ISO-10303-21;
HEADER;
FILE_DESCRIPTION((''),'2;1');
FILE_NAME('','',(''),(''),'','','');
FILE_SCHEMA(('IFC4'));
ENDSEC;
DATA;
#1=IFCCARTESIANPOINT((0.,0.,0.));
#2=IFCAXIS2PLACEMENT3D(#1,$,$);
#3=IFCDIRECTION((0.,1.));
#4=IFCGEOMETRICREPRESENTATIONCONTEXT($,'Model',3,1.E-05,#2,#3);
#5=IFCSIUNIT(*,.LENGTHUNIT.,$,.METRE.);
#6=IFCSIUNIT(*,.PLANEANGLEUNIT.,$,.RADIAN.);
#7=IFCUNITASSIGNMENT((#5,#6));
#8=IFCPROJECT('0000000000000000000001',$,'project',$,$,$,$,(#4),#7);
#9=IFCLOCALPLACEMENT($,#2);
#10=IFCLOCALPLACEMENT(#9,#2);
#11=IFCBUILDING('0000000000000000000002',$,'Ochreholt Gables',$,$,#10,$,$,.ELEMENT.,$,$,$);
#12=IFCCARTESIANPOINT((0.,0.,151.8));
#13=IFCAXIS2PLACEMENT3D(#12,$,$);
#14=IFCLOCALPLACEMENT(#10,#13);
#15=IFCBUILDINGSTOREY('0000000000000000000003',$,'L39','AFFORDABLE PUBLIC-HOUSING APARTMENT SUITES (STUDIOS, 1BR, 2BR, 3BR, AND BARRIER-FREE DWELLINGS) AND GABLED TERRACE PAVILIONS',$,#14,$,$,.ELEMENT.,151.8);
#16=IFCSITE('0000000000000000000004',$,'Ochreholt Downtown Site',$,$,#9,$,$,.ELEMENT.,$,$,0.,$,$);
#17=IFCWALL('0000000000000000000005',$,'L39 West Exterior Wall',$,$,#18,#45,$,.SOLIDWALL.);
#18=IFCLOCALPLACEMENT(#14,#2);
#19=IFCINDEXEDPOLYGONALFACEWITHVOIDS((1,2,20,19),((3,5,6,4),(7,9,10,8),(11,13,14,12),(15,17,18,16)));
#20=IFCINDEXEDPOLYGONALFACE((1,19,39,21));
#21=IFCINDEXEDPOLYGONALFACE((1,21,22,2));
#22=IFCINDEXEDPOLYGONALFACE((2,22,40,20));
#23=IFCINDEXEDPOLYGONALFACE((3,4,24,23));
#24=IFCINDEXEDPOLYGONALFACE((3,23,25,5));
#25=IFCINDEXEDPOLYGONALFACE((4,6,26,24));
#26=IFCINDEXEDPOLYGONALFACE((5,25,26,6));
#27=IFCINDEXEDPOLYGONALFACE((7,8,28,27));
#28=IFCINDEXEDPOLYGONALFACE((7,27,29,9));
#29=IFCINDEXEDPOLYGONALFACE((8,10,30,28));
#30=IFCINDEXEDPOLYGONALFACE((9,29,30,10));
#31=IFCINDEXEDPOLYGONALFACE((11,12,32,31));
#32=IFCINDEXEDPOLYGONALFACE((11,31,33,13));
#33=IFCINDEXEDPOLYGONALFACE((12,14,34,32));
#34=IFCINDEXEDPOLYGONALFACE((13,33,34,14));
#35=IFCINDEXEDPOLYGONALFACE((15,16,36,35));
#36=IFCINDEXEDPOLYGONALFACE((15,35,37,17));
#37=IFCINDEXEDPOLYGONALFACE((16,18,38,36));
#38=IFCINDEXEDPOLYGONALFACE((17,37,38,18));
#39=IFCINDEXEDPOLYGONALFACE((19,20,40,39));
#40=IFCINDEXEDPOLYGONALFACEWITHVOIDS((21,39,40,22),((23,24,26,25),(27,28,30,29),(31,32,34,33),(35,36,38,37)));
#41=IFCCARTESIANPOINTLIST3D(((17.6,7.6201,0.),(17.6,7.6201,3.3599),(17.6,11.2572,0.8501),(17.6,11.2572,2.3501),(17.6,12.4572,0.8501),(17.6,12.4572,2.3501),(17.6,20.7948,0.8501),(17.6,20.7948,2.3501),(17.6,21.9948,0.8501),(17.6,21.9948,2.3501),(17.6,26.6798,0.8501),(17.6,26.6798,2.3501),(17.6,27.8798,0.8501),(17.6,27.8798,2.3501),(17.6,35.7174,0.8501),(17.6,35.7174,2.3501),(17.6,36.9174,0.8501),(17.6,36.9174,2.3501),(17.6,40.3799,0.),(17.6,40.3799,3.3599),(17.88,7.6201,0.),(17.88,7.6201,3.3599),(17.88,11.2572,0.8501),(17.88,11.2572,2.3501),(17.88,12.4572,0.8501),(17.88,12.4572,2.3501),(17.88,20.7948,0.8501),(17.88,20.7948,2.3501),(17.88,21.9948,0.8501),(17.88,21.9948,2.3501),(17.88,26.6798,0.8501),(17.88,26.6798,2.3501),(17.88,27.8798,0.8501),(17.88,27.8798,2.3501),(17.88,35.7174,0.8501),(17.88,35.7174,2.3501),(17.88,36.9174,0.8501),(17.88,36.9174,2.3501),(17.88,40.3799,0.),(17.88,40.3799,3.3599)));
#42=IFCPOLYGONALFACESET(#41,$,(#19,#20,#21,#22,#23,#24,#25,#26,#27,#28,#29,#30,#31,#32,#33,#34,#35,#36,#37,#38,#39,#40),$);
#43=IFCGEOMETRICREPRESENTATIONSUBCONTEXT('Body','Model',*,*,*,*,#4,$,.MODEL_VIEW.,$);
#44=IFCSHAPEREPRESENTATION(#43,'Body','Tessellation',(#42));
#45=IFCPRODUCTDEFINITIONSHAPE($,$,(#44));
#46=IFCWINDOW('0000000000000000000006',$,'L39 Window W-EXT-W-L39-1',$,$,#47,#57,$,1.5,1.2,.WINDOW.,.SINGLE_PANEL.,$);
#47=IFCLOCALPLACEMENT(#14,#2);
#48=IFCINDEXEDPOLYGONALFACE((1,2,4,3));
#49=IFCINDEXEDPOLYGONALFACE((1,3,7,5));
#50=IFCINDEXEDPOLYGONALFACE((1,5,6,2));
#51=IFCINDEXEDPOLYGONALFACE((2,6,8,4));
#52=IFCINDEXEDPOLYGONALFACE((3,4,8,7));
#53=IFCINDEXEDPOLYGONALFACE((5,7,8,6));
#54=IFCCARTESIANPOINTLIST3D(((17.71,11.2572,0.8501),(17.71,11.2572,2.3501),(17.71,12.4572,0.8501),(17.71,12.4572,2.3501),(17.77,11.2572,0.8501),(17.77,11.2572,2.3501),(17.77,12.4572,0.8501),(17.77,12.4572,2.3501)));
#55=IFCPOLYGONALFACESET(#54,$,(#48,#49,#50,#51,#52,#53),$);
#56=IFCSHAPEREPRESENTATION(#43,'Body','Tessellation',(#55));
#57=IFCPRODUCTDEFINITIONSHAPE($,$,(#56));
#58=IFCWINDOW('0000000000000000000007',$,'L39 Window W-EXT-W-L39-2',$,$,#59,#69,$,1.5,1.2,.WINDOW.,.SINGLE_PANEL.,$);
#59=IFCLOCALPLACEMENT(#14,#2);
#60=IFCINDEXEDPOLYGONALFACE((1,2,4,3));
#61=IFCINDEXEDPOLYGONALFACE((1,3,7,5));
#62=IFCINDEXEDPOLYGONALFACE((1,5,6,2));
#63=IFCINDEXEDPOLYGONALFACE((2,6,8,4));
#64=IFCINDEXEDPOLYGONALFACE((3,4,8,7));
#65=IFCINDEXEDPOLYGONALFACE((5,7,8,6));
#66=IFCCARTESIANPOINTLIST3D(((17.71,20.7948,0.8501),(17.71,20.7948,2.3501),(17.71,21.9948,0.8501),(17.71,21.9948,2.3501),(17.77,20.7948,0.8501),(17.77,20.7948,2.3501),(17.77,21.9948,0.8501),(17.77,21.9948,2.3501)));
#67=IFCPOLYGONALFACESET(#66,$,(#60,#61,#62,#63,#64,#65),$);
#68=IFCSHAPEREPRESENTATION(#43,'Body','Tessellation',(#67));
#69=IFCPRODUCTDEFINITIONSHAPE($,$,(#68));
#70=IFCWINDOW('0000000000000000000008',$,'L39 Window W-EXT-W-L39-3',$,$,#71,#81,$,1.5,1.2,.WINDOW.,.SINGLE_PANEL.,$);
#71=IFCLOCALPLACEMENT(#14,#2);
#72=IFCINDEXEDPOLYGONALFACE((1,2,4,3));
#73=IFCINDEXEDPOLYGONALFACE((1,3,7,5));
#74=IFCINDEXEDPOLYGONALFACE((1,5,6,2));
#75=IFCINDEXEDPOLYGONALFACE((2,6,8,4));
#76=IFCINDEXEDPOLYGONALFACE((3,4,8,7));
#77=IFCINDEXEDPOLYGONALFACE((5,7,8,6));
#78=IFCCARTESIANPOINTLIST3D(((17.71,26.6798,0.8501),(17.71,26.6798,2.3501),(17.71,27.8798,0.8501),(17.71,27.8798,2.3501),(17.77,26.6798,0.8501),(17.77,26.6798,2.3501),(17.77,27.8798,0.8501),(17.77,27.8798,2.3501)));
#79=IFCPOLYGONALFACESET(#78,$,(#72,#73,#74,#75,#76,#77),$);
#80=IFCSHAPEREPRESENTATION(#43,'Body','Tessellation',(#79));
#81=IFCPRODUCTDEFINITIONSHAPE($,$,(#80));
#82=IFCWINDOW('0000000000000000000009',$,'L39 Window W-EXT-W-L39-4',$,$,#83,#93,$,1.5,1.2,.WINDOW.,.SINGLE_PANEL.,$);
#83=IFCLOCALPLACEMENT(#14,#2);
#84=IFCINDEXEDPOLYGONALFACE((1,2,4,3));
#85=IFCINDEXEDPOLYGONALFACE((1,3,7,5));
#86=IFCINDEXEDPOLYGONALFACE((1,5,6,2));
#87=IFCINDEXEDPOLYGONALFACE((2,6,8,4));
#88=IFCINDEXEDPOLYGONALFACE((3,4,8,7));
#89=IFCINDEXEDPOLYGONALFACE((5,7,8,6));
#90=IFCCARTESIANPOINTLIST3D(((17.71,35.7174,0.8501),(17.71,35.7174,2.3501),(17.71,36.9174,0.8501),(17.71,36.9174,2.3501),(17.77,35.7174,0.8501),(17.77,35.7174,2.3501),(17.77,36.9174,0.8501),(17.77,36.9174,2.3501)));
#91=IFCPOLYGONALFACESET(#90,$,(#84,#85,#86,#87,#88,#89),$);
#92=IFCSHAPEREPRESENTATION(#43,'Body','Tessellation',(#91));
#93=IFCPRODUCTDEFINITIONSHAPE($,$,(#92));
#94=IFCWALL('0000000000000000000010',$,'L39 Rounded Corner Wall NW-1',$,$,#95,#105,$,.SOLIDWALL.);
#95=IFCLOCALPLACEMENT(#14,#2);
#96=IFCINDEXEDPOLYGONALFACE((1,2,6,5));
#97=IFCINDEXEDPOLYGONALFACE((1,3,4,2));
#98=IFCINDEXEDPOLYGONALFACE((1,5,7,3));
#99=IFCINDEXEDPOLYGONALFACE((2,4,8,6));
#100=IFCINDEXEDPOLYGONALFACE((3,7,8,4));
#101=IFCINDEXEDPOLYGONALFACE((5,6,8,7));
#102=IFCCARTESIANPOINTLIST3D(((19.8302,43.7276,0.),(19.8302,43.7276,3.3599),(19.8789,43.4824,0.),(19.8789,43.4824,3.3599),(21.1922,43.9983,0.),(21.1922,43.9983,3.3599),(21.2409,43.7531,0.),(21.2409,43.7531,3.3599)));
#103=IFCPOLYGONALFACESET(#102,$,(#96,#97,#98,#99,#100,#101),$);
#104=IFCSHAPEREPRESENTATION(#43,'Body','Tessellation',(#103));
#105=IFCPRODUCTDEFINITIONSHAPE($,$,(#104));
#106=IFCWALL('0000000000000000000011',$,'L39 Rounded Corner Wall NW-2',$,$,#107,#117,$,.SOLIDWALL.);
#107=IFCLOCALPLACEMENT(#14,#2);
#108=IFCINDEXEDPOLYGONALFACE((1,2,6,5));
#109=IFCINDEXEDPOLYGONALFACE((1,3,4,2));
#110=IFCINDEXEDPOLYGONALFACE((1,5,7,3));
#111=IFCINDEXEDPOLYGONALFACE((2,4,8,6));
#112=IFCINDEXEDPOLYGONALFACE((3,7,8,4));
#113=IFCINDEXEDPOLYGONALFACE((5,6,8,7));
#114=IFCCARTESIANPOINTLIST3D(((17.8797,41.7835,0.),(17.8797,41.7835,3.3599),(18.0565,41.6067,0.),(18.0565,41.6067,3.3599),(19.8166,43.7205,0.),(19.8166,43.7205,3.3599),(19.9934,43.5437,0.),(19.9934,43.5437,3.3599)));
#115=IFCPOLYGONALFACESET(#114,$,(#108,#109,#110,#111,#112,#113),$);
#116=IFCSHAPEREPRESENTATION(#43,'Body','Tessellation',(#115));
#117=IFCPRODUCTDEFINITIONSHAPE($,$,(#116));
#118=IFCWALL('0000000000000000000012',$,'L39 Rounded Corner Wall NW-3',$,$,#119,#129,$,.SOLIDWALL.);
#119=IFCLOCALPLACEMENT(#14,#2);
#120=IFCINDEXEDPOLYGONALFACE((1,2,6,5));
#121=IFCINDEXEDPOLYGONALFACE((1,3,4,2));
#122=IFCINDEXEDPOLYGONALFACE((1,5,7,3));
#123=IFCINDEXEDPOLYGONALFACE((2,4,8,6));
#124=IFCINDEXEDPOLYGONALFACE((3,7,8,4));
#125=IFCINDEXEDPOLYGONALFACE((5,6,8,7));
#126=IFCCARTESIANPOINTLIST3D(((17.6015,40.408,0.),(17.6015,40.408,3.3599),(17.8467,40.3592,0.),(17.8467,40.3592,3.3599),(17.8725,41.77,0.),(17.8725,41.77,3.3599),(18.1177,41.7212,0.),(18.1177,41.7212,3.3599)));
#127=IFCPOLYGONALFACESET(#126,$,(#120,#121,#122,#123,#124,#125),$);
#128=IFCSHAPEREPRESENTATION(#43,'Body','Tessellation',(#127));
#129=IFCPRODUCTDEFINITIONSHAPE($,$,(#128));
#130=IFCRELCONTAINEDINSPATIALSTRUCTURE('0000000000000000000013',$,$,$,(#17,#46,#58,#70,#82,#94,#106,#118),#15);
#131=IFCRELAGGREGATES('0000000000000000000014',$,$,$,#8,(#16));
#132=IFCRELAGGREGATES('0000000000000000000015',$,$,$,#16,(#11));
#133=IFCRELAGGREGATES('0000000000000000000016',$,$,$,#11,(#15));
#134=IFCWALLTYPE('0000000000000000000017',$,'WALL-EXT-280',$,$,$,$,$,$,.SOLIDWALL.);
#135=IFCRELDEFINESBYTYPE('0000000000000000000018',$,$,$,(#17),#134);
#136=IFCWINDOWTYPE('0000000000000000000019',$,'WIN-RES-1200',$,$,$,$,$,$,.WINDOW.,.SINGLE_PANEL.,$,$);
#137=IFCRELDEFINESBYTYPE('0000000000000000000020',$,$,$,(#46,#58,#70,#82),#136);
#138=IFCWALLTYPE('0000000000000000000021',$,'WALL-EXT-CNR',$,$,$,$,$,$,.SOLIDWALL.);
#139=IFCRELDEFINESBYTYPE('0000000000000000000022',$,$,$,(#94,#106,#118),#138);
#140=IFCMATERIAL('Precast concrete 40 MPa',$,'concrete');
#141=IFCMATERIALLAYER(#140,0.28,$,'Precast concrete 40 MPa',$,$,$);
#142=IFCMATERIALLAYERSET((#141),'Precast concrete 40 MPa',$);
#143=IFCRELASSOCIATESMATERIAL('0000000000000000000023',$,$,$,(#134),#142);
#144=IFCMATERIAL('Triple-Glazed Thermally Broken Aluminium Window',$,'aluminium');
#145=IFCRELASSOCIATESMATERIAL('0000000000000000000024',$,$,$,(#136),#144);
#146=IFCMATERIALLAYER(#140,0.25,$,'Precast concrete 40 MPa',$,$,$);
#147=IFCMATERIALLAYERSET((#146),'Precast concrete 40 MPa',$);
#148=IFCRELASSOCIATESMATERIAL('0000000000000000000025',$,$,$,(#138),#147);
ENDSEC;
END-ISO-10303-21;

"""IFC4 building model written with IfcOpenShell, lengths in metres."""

from ifc_helpers import new_model, si_unit, direction, frame, frame_2d, origin, place, context, subcontext, project, spatial, rectangle, extrude, material, layer, layer_set, type_object, element, fill, save


model = new_model("IFC4")

# Units and contexts
model_context = context("Model", 3, precision=1e-05, world=origin(), true_north=direction((0.0, 1.0)))
body_context = subcontext(model_context, "Body", "Model", "MODEL_VIEW")
ifc_project = project(units=[si_unit("LENGTHUNIT", "METRE"), si_unit("PLANEANGLEUNIT", "RADIAN")], contexts=[model_context])

# Site, building, storey
site_placement = place(None, origin())
site = spatial("IfcSite", under=ifc_project, at=site_placement, Name="Ochreholt Downtown Site", CompositionType="ELEMENT", RefElevation=0.0)
building_placement = place(site_placement, origin())
building = spatial("IfcBuilding", under=site, at=building_placement, Name="Ochreholt Gables", CompositionType="ELEMENT")
storey_placement = place(building_placement, frame((0.0, 0.0, 151.8)))
storey = spatial("IfcBuildingStorey", under=building, at=storey_placement, Name="L39", Description="AFFORDABLE PUBLIC-HOUSING APARTMENT SUITES (STUDIOS, 1BR, 2BR, 3BR, AND BARRIER-FREE DWELLINGS) AND GABLED TERRACE PAVILIONS", CompositionType="ELEMENT", Elevation=151.8)

# Wall, openings, windows
ifc_material_1 = material(Name="Precast concrete 40 MPa", Category="concrete")
ifc_layer_1 = layer(ifc_material_1, 0.28, Name="Precast concrete 40 MPa")
ifc_layer_set_1 = layer_set([ifc_layer_1], Name="Precast concrete 40 MPa")
wall_type_1 = type_object("IfcWallType", Name="WALL-EXT-280", PredefinedType="SOLIDWALL", material=ifc_layer_set_1)
wall_1_placement = place(storey_placement, frame((17.74, 40.3799, 0.0), z_axis=(0.0, 0.0, 1.0), x_axis=(0.0, -1.0, 0.0)))
wall_1 = element("IfcWall", 1, at=wall_1_placement, inside=storey, type_object=wall_type_1, Name="L39 West Exterior Wall", PredefinedType="SOLIDWALL", context=body_context, shape_type="SweptSolid", body=[
    extrude(rectangle(XDim=32.7598, YDim=0.28, at=frame_2d((16.3799, 0.0))), origin(), (0.0, 0.0, 1.0), 3.3599),
])
opening_1_placement = place(wall_1_placement, frame((27.9226, 0.0, 0.8501)))
opening_1 = element("IfcOpeningElement", 2, at=opening_1_placement, cuts=wall_1, PredefinedType="OPENING", context=body_context, shape_type="SweptSolid", body=[
    extrude(rectangle(XDim=1.2, YDim=1.5, at=frame_2d((0.6001, 0.75))), frame((0.0, 0.1499, 0.0), z_axis=(0.0, -1.0, 0.0), x_axis=(1.0, 0.0, 0.0)), (0.0, 0.0, 1.0), 0.3),
])
opening_2_placement = place(wall_1_placement, frame((18.385, 0.0, 0.8501)))
opening_2 = element("IfcOpeningElement", 3, at=opening_2_placement, cuts=wall_1, PredefinedType="OPENING", context=body_context, shape_type="SweptSolid", body=[
    extrude(rectangle(XDim=1.2, YDim=1.5, at=frame_2d((0.6001, 0.75))), frame((0.0, 0.1499, 0.0), z_axis=(0.0, -1.0, 0.0), x_axis=(1.0, 0.0, 0.0)), (0.0, 0.0, 1.0), 0.3),
])
opening_3_placement = place(wall_1_placement, frame((12.5, 0.0, 0.8501)))
opening_3 = element("IfcOpeningElement", 4, at=opening_3_placement, cuts=wall_1, PredefinedType="OPENING", context=body_context, shape_type="SweptSolid", body=[
    extrude(rectangle(XDim=1.2, YDim=1.5, at=frame_2d((0.6001, 0.75))), frame((0.0, 0.1499, 0.0), z_axis=(0.0, -1.0, 0.0), x_axis=(1.0, 0.0, 0.0)), (0.0, 0.0, 1.0), 0.3),
])
opening_4_placement = place(wall_1_placement, frame((3.4624, 0.0, 0.8501)))
opening_4 = element("IfcOpeningElement", 5, at=opening_4_placement, cuts=wall_1, PredefinedType="OPENING", context=body_context, shape_type="SweptSolid", body=[
    extrude(rectangle(XDim=1.2, YDim=1.5, at=frame_2d((0.6001, 0.75))), frame((0.0, 0.1499, 0.0), z_axis=(0.0, -1.0, 0.0), x_axis=(1.0, 0.0, 0.0)), (0.0, 0.0, 1.0), 0.3),
])
ifc_material_2 = material(Name="Triple-Glazed Thermally Broken Aluminium Window", Category="aluminium")
window_type = type_object("IfcWindowType", Name="WIN-RES-1200", PartitioningType="SINGLE_PANEL", PredefinedType="WINDOW", material=ifc_material_2)
window_1_placement = place(opening_1_placement, origin())
window_1 = element("IfcWindow", 6, at=window_1_placement, inside=storey, type_object=window_type, Name="L39 Window W-EXT-W-L39-1", OverallHeight=1.5, OverallWidth=1.2, PartitioningType="SINGLE_PANEL", PredefinedType="WINDOW", context=body_context, shape_type="SweptSolid", body=[
    extrude(rectangle(XDim=1.2, YDim=1.5, at=frame_2d((0.6001, 0.75))), frame((0.0, 0.03, 0.0), z_axis=(0.0, -1.0, 0.0), x_axis=(1.0, 0.0, 0.0)), (0.0, 0.0, 1.0), 0.0601),
])
fill(opening_1, window_1)
window_2_placement = place(opening_2_placement, origin())
window_2 = element("IfcWindow", 7, at=window_2_placement, inside=storey, type_object=window_type, Name="L39 Window W-EXT-W-L39-2", OverallHeight=1.5, OverallWidth=1.2, PartitioningType="SINGLE_PANEL", PredefinedType="WINDOW", context=body_context, shape_type="SweptSolid", body=[
    extrude(rectangle(XDim=1.2, YDim=1.5, at=frame_2d((0.6001, 0.75))), frame((0.0, 0.03, 0.0), z_axis=(0.0, -1.0, 0.0), x_axis=(1.0, 0.0, 0.0)), (0.0, 0.0, 1.0), 0.0601),
])
fill(opening_2, window_2)
window_3_placement = place(opening_3_placement, origin())
window_3 = element("IfcWindow", 8, at=window_3_placement, inside=storey, type_object=window_type, Name="L39 Window W-EXT-W-L39-3", OverallHeight=1.5, OverallWidth=1.2, PartitioningType="SINGLE_PANEL", PredefinedType="WINDOW", context=body_context, shape_type="SweptSolid", body=[
    extrude(rectangle(XDim=1.2, YDim=1.5, at=frame_2d((0.6001, 0.75))), frame((0.0, 0.03, 0.0), z_axis=(0.0, -1.0, 0.0), x_axis=(1.0, 0.0, 0.0)), (0.0, 0.0, 1.0), 0.0601),
])
fill(opening_3, window_3)
window_4_placement = place(opening_4_placement, origin())
window_4 = element("IfcWindow", 9, at=window_4_placement, inside=storey, type_object=window_type, Name="L39 Window W-EXT-W-L39-4", OverallHeight=1.5, OverallWidth=1.2, PartitioningType="SINGLE_PANEL", PredefinedType="WINDOW", context=body_context, shape_type="SweptSolid", body=[
    extrude(rectangle(XDim=1.2, YDim=1.5, at=frame_2d((0.6001, 0.75))), frame((0.0, 0.03, 0.0), z_axis=(0.0, -1.0, 0.0), x_axis=(1.0, 0.0, 0.0)), (0.0, 0.0, 1.0), 0.0601),
])
fill(opening_4, window_4)

# Walls
ifc_layer_2 = layer(ifc_material_1, 0.25, Name="Precast concrete 40 MPa")
ifc_layer_set_2 = layer_set([ifc_layer_2], Name="Precast concrete 40 MPa")
wall_type_2 = type_object("IfcWallType", Name="WALL-EXT-CNR", PredefinedType="SOLIDWALL", material=ifc_layer_set_2)
wall_2_placement = place(storey_placement, frame((21.2166, 43.8757, 0.0), z_axis=(0.0, 0.0, 1.0), x_axis=(-0.98081, -0.194967, 0.0)))
element("IfcWall", 10, at=wall_2_placement, inside=storey, type_object=wall_type_2, Name="L39 Rounded Corner Wall NW-1", PredefinedType="SOLIDWALL", context=body_context, shape_type="SweptSolid", body=[
    extrude(rectangle(XDim=1.3887, YDim=0.25, at=frame_2d((0.6943, 0.0))), origin(), (0.0, 0.0, 1.0), 3.3599),
])
wall_3_placement = place(storey_placement, frame((19.905, 43.6321, 0.0), z_axis=(0.0, 0.0, 1.0), x_axis=(-0.707107, -0.707107, 0.0)))
element("IfcWall", 11, at=wall_3_placement, inside=storey, type_object=wall_type_2, Name="L39 Rounded Corner Wall NW-2", PredefinedType="SOLIDWALL", context=body_context, shape_type="SweptSolid", body=[
    extrude(rectangle(XDim=2.7393, YDim=0.25, at=frame_2d((1.3696, 0.0))), origin(), (0.0, 0.0, 1.0), 3.3599),
])
wall_4_placement = place(storey_placement, frame((17.9951, 41.7456, 0.0), z_axis=(0.0, 0.0, 1.0), x_axis=(-0.195136, -0.980776, 0.0)))
element("IfcWall", 12, at=wall_4_placement, inside=storey, type_object=wall_type_2, Name="L39 Rounded Corner Wall NW-3", PredefinedType="SOLIDWALL", context=body_context, shape_type="SweptSolid", body=[
    extrude(rectangle(XDim=1.3887, YDim=0.25, at=frame_2d((0.6943, 0.0))), origin(), (0.0, 0.0, 1.0), 3.3599),
])

save(model, "model.ifc")
